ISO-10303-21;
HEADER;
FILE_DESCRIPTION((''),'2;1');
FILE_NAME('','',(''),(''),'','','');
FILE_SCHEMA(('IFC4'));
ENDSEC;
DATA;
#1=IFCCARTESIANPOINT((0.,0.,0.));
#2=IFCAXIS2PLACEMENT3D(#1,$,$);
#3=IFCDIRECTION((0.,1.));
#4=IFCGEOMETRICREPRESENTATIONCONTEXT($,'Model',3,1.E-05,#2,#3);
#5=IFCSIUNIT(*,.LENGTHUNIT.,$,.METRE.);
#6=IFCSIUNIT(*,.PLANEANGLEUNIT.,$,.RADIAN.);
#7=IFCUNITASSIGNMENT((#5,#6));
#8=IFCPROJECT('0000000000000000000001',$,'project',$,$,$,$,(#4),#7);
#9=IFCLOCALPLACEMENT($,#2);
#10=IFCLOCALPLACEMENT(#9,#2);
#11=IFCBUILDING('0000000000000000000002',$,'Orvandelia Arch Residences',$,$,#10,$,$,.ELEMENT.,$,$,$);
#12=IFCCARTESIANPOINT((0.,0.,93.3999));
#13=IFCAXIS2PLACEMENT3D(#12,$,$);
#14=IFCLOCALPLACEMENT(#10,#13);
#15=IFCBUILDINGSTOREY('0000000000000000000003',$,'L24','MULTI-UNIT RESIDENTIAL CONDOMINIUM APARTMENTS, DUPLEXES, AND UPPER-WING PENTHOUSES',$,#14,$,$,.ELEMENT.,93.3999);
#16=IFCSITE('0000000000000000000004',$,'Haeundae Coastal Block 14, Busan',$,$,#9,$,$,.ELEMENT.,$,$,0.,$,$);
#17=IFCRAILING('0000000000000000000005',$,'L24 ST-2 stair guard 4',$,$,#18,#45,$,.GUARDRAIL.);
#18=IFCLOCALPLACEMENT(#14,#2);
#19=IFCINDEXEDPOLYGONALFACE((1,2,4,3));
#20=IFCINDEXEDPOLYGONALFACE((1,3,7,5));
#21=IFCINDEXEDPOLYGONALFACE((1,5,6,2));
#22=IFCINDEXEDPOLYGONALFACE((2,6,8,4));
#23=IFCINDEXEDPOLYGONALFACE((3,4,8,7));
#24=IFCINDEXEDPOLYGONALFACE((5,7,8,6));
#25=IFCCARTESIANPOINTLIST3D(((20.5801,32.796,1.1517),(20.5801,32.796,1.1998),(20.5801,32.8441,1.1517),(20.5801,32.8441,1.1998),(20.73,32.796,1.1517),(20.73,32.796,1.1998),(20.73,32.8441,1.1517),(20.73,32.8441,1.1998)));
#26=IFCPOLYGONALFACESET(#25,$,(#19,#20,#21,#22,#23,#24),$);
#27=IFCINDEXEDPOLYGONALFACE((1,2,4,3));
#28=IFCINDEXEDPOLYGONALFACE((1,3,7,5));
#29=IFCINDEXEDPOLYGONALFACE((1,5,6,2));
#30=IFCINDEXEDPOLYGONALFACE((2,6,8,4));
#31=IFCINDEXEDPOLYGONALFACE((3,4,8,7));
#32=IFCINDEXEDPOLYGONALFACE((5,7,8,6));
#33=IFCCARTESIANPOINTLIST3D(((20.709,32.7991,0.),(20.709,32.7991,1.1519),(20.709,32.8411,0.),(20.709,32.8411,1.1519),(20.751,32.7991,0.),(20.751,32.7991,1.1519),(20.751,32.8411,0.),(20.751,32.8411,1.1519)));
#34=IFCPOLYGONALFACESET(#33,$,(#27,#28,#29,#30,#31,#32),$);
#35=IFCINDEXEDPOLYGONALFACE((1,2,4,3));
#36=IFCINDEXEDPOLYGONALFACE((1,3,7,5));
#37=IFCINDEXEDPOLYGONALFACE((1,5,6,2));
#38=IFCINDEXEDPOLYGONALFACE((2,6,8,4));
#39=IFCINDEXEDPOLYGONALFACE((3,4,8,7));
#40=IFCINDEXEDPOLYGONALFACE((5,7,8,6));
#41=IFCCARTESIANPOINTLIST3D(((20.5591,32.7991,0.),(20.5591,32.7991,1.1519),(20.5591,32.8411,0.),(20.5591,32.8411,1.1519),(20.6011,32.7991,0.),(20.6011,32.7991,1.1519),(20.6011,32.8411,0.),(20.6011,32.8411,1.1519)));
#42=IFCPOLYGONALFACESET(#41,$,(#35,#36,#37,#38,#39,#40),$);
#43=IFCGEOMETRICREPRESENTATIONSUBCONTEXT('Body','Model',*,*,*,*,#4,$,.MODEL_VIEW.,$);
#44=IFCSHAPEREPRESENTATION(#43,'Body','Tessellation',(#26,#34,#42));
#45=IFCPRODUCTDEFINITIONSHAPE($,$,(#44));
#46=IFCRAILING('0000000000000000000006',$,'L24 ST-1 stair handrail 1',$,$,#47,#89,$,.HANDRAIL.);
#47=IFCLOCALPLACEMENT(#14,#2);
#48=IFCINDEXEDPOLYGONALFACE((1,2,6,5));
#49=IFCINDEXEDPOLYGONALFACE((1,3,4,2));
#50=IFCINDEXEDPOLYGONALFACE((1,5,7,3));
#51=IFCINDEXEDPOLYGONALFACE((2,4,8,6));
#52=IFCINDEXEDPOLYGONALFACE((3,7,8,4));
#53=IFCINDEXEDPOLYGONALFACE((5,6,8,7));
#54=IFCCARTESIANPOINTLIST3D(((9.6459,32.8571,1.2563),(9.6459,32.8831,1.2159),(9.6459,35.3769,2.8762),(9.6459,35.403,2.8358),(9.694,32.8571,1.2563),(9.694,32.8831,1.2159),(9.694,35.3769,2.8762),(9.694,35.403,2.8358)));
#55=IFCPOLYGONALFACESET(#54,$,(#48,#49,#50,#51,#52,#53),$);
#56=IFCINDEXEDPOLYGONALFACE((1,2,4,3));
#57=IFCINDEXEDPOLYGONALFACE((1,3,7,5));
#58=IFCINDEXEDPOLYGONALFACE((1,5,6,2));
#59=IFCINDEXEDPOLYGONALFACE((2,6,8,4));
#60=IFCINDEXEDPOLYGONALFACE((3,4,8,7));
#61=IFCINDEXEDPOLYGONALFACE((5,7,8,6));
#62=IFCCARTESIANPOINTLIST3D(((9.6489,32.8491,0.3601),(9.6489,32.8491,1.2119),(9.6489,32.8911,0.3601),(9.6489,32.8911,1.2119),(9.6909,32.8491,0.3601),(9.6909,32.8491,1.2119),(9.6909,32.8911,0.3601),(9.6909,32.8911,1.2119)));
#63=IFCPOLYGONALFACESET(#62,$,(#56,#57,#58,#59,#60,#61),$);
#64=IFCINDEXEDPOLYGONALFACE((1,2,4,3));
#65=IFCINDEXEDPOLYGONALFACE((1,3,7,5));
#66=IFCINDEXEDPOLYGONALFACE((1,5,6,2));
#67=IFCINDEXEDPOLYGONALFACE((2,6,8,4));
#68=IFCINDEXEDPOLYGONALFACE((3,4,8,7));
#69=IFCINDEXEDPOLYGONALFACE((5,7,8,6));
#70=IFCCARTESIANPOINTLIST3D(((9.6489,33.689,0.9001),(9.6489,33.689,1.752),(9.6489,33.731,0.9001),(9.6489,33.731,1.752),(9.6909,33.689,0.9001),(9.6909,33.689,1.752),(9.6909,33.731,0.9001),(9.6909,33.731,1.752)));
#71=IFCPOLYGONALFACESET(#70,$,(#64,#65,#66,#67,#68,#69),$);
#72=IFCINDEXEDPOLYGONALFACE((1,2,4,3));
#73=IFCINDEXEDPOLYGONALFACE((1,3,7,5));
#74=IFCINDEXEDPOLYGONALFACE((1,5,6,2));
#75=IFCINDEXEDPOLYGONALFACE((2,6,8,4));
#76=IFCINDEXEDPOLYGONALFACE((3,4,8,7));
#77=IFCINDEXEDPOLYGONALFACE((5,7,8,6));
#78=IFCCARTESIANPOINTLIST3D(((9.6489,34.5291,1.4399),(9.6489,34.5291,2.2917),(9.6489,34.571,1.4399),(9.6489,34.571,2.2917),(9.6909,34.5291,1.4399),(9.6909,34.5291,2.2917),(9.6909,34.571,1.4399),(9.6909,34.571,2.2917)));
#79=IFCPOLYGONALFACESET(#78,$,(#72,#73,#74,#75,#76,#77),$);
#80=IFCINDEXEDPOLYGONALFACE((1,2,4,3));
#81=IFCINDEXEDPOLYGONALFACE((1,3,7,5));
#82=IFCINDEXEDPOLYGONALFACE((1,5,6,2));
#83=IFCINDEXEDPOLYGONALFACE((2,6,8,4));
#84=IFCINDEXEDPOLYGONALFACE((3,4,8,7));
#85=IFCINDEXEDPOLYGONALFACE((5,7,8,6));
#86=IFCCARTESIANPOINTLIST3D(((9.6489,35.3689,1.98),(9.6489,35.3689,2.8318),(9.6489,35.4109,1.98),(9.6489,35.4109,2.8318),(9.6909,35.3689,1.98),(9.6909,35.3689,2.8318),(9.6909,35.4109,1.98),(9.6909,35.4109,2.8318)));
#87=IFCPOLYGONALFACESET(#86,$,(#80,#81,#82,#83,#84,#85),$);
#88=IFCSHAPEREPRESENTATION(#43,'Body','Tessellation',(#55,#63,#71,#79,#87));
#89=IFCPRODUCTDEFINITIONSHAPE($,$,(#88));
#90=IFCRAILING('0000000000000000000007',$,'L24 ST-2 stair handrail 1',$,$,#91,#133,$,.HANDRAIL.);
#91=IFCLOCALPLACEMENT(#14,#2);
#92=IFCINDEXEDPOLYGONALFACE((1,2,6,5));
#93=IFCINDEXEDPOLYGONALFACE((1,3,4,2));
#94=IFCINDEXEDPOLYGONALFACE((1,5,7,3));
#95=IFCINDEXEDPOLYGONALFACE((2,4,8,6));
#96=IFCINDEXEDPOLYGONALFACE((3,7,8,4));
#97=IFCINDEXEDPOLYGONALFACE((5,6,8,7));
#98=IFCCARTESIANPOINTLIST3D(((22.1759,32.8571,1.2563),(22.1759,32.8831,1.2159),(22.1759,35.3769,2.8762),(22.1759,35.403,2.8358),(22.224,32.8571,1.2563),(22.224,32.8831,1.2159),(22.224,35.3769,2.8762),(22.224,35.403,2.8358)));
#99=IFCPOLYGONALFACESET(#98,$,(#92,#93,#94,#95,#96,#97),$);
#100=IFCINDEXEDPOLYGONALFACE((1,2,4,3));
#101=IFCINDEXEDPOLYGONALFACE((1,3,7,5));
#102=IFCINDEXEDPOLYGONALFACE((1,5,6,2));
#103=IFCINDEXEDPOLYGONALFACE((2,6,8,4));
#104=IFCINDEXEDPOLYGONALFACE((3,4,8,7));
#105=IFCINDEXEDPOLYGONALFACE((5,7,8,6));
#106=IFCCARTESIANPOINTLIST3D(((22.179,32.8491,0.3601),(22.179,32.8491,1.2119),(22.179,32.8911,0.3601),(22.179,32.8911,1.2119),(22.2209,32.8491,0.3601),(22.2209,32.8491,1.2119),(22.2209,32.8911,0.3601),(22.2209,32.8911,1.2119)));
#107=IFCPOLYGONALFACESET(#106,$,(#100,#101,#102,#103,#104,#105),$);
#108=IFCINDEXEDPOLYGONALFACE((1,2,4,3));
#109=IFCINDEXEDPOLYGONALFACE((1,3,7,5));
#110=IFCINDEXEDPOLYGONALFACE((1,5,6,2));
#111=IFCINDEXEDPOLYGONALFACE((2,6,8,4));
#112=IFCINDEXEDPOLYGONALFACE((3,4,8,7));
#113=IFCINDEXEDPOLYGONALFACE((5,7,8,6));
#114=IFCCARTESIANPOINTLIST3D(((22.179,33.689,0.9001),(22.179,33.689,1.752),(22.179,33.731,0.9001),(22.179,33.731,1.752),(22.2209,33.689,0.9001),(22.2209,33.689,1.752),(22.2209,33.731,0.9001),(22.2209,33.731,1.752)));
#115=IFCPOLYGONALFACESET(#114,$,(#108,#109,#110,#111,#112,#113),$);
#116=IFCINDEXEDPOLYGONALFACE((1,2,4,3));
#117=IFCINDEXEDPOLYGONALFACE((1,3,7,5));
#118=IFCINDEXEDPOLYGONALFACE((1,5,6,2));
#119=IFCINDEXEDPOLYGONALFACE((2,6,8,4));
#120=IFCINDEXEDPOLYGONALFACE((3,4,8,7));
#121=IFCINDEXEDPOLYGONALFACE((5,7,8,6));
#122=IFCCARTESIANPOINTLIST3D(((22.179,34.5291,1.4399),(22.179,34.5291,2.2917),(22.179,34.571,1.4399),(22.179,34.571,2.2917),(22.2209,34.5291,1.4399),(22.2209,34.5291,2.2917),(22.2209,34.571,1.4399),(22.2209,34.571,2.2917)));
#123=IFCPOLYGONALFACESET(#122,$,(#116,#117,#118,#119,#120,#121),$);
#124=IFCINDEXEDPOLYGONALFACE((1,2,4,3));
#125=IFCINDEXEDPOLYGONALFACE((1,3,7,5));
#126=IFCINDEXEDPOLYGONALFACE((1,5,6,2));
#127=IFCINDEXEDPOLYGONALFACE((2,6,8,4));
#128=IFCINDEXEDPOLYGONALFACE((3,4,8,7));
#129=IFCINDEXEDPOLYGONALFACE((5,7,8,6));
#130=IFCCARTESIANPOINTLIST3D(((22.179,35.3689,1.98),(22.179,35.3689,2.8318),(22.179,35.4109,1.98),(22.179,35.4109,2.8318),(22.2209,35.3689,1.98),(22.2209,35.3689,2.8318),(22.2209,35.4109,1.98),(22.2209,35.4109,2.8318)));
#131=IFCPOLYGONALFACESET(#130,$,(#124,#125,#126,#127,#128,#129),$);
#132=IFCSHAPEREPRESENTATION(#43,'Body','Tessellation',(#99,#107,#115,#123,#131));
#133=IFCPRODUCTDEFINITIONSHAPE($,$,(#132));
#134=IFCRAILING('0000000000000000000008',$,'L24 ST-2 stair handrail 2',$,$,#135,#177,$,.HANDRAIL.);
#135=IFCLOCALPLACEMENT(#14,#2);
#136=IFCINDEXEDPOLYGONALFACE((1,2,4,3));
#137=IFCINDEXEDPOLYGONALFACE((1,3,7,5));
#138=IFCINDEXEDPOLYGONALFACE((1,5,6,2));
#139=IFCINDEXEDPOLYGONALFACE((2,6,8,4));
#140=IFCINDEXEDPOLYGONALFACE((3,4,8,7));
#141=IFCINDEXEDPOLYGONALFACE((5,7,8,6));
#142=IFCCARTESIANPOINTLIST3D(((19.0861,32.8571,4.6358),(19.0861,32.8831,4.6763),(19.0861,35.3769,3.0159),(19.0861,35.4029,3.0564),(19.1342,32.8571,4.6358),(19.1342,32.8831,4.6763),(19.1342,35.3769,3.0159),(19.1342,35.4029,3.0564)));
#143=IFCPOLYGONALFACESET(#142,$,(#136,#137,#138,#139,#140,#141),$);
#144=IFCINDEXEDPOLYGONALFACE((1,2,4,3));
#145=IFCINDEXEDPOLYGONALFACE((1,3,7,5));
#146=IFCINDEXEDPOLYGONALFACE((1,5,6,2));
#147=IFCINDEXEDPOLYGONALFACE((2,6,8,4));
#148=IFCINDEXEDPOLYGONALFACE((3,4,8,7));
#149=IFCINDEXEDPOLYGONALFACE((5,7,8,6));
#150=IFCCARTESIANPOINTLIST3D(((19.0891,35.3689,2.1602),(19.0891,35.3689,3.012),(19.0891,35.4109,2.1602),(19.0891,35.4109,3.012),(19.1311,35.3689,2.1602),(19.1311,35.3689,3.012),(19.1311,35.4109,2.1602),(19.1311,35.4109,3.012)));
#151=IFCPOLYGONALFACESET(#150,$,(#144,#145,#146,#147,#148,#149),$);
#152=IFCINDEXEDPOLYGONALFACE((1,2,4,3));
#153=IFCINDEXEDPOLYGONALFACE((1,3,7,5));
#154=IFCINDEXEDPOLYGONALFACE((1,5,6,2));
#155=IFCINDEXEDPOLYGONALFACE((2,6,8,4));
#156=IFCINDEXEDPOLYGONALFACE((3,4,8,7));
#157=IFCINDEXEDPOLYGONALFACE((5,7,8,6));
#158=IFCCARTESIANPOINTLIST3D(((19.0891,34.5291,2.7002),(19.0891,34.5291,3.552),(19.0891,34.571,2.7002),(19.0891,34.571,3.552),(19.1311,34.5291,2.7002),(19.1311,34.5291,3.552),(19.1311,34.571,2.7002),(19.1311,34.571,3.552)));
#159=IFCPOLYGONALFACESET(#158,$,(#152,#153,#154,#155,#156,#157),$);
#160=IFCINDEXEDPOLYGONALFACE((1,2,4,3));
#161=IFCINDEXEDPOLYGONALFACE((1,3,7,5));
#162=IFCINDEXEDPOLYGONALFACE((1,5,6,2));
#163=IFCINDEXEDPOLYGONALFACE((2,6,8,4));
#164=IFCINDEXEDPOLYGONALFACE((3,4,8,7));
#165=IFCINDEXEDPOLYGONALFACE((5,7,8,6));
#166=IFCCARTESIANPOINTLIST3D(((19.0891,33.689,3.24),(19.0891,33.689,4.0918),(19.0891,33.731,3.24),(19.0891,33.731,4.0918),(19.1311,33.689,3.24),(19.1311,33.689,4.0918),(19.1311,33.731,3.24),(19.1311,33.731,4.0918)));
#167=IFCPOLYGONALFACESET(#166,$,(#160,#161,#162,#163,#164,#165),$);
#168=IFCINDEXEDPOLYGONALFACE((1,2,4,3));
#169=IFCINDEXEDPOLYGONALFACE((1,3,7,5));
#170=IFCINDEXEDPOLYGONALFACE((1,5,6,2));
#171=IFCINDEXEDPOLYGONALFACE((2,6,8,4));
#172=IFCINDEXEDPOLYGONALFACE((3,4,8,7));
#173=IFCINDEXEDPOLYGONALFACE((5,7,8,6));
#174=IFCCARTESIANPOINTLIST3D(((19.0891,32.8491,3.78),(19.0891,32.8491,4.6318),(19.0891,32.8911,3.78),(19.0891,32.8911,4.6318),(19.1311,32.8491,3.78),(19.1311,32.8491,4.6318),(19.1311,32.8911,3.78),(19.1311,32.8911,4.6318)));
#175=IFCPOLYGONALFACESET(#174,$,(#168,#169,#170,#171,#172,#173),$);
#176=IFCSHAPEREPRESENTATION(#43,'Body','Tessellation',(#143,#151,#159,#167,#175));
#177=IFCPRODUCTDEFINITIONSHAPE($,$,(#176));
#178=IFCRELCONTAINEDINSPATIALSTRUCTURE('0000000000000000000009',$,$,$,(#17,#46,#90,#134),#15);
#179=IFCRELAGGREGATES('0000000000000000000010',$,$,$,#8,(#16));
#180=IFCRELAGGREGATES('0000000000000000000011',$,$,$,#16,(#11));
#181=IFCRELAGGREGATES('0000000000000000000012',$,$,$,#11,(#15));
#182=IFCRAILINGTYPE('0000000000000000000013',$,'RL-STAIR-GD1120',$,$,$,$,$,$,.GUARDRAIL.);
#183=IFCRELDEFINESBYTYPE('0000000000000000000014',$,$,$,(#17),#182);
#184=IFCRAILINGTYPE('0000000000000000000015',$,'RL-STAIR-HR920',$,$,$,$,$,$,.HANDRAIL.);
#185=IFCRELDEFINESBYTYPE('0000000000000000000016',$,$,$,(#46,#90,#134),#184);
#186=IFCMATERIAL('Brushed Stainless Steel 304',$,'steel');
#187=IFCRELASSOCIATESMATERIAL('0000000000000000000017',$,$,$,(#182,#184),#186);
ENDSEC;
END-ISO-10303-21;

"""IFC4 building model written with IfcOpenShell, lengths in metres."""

from ifc_helpers import new_model, si_unit, direction, frame, origin, origin_2d, place, context, subcontext, project, spatial, rectangle, extrude, material, type_object, element, save


model = new_model("IFC4")

# Units and contexts
model_context = context("Model", 3, precision=1e-05, world=origin(), true_north=direction((0.0, 1.0)))
body_context = subcontext(model_context, "Body", "Model", "MODEL_VIEW")
ifc_project = project(units=[si_unit("LENGTHUNIT", "METRE"), si_unit("PLANEANGLEUNIT", "RADIAN")], contexts=[model_context])

# Site, building, storey
site_placement = place(None, origin())
site = spatial("IfcSite", under=ifc_project, at=site_placement, Name="Haeundae Coastal Block 14, Busan", CompositionType="ELEMENT", RefElevation=0.0)
building_placement = place(site_placement, origin())
building = spatial("IfcBuilding", under=site, at=building_placement, Name="Orvandelia Arch Residences", CompositionType="ELEMENT")
storey_placement = place(building_placement, frame((0.0, 0.0, 93.3999)))
storey = spatial("IfcBuildingStorey", under=building, at=storey_placement, Name="L24", Description="MULTI-UNIT RESIDENTIAL CONDOMINIUM APARTMENTS, DUPLEXES, AND UPPER-WING PENTHOUSES", CompositionType="ELEMENT", Elevation=93.3999)

# Railings
ifc_material_1 = material(Name="Brushed Stainless Steel 304", Category="steel")
railing_type_1 = type_object("IfcRailingType", Name="RL-STAIR-GD1120", PredefinedType="GUARDRAIL", material=ifc_material_1)
railing_1_placement = place(storey_placement, frame((20.73, 32.8201, 0.0)))
element("IfcRailing", 1, at=railing_1_placement, inside=storey, type_object=railing_type_1, Name="L24 ST-2 stair guard 4", PredefinedType="GUARDRAIL", context=body_context, shape_type="SweptSolid", body=[
    extrude(rectangle(XDim=0.0481, YDim=0.0481, at=origin_2d()), frame((0.0, 0.0, 1.1758), z_axis=(-1.0, 0.0, 0.0), x_axis=(0.0, -1.0, 0.0)), (0.0, 0.0, 1.0), 0.1499),
    extrude(rectangle(XDim=0.042, YDim=0.042, at=origin_2d()), origin(), (0.0, 0.0, 1.0), 1.1519),
    extrude(rectangle(XDim=0.042, YDim=0.042, at=origin_2d()), frame((-0.1499, 0.0, 0.0)), (0.0, 0.0, 1.0), 1.1519),
])
railing_type_2 = type_object("IfcRailingType", Name="RL-STAIR-HR920", PredefinedType="HANDRAIL", material=ifc_material_1)
for number, where, name in (
    (2, (9.6699, 32.8701, 0.3601), "L24 ST-1 stair handrail 1"),
    (3, (22.2, 32.8701, 0.3601), "L24 ST-2 stair handrail 1"),
):
    element("IfcRailing", number, at=place(storey_placement, frame(where)), inside=storey, type_object=railing_type_2, Name=name, PredefinedType="HANDRAIL", context=body_context, shape_type="SweptSolid", body=[
        extrude(rectangle(XDim=0.0481, YDim=0.0481, at=origin_2d()), frame((0.0, 0.0, 0.876), z_axis=(0.0, 0.841176, 0.540762), x_axis=(-1.0, 0.0, 0.0)), (0.0, 0.0, 1.0), 2.9956),
        extrude(rectangle(XDim=0.042, YDim=0.042, at=origin_2d()), origin(), (0.0, 0.0, 1.0), 0.8518),
        extrude(rectangle(XDim=0.042, YDim=0.042, at=origin_2d()), frame((0.0, 0.8398, 0.54)), (0.0, 0.0, 1.0), 0.8518),
        extrude(rectangle(XDim=0.042, YDim=0.042, at=origin_2d()), frame((0.0, 1.6799, 1.0798)), (0.0, 0.0, 1.0), 0.8518),
        extrude(rectangle(XDim=0.042, YDim=0.042, at=origin_2d()), frame((0.0, 2.5198, 1.6199)), (0.0, 0.0, 1.0), 0.8518),
    ])
railing_2_placement = place(storey_placement, frame((19.1101, 35.3899, 2.1602)))
element("IfcRailing", 4, at=railing_2_placement, inside=storey, type_object=railing_type_2, Name="L24 ST-2 stair handrail 2", PredefinedType="HANDRAIL", context=body_context, shape_type="SweptSolid", body=[
    extrude(rectangle(XDim=0.0481, YDim=0.0481, at=origin_2d()), frame((0.0, 0.0, 0.876), z_axis=(0.0, -0.841176, 0.540762), x_axis=(1.0, 0.0, 0.0)), (0.0, 0.0, 1.0), 2.9956),
    extrude(rectangle(XDim=0.042, YDim=0.042, at=origin_2d()), origin(), (0.0, 0.0, 1.0), 0.8518),
    extrude(rectangle(XDim=0.042, YDim=0.042, at=origin_2d()), frame((0.0, -0.8398, 0.54)), (0.0, 0.0, 1.0), 0.8518),
    extrude(rectangle(XDim=0.042, YDim=0.042, at=origin_2d()), frame((0.0, -1.6799, 1.0798)), (0.0, 0.0, 1.0), 0.8518),
    extrude(rectangle(XDim=0.042, YDim=0.042, at=origin_2d()), frame((0.0, -2.5198, 1.6199)), (0.0, 0.0, 1.0), 0.8518),
])

save(model, "model.ifc")
